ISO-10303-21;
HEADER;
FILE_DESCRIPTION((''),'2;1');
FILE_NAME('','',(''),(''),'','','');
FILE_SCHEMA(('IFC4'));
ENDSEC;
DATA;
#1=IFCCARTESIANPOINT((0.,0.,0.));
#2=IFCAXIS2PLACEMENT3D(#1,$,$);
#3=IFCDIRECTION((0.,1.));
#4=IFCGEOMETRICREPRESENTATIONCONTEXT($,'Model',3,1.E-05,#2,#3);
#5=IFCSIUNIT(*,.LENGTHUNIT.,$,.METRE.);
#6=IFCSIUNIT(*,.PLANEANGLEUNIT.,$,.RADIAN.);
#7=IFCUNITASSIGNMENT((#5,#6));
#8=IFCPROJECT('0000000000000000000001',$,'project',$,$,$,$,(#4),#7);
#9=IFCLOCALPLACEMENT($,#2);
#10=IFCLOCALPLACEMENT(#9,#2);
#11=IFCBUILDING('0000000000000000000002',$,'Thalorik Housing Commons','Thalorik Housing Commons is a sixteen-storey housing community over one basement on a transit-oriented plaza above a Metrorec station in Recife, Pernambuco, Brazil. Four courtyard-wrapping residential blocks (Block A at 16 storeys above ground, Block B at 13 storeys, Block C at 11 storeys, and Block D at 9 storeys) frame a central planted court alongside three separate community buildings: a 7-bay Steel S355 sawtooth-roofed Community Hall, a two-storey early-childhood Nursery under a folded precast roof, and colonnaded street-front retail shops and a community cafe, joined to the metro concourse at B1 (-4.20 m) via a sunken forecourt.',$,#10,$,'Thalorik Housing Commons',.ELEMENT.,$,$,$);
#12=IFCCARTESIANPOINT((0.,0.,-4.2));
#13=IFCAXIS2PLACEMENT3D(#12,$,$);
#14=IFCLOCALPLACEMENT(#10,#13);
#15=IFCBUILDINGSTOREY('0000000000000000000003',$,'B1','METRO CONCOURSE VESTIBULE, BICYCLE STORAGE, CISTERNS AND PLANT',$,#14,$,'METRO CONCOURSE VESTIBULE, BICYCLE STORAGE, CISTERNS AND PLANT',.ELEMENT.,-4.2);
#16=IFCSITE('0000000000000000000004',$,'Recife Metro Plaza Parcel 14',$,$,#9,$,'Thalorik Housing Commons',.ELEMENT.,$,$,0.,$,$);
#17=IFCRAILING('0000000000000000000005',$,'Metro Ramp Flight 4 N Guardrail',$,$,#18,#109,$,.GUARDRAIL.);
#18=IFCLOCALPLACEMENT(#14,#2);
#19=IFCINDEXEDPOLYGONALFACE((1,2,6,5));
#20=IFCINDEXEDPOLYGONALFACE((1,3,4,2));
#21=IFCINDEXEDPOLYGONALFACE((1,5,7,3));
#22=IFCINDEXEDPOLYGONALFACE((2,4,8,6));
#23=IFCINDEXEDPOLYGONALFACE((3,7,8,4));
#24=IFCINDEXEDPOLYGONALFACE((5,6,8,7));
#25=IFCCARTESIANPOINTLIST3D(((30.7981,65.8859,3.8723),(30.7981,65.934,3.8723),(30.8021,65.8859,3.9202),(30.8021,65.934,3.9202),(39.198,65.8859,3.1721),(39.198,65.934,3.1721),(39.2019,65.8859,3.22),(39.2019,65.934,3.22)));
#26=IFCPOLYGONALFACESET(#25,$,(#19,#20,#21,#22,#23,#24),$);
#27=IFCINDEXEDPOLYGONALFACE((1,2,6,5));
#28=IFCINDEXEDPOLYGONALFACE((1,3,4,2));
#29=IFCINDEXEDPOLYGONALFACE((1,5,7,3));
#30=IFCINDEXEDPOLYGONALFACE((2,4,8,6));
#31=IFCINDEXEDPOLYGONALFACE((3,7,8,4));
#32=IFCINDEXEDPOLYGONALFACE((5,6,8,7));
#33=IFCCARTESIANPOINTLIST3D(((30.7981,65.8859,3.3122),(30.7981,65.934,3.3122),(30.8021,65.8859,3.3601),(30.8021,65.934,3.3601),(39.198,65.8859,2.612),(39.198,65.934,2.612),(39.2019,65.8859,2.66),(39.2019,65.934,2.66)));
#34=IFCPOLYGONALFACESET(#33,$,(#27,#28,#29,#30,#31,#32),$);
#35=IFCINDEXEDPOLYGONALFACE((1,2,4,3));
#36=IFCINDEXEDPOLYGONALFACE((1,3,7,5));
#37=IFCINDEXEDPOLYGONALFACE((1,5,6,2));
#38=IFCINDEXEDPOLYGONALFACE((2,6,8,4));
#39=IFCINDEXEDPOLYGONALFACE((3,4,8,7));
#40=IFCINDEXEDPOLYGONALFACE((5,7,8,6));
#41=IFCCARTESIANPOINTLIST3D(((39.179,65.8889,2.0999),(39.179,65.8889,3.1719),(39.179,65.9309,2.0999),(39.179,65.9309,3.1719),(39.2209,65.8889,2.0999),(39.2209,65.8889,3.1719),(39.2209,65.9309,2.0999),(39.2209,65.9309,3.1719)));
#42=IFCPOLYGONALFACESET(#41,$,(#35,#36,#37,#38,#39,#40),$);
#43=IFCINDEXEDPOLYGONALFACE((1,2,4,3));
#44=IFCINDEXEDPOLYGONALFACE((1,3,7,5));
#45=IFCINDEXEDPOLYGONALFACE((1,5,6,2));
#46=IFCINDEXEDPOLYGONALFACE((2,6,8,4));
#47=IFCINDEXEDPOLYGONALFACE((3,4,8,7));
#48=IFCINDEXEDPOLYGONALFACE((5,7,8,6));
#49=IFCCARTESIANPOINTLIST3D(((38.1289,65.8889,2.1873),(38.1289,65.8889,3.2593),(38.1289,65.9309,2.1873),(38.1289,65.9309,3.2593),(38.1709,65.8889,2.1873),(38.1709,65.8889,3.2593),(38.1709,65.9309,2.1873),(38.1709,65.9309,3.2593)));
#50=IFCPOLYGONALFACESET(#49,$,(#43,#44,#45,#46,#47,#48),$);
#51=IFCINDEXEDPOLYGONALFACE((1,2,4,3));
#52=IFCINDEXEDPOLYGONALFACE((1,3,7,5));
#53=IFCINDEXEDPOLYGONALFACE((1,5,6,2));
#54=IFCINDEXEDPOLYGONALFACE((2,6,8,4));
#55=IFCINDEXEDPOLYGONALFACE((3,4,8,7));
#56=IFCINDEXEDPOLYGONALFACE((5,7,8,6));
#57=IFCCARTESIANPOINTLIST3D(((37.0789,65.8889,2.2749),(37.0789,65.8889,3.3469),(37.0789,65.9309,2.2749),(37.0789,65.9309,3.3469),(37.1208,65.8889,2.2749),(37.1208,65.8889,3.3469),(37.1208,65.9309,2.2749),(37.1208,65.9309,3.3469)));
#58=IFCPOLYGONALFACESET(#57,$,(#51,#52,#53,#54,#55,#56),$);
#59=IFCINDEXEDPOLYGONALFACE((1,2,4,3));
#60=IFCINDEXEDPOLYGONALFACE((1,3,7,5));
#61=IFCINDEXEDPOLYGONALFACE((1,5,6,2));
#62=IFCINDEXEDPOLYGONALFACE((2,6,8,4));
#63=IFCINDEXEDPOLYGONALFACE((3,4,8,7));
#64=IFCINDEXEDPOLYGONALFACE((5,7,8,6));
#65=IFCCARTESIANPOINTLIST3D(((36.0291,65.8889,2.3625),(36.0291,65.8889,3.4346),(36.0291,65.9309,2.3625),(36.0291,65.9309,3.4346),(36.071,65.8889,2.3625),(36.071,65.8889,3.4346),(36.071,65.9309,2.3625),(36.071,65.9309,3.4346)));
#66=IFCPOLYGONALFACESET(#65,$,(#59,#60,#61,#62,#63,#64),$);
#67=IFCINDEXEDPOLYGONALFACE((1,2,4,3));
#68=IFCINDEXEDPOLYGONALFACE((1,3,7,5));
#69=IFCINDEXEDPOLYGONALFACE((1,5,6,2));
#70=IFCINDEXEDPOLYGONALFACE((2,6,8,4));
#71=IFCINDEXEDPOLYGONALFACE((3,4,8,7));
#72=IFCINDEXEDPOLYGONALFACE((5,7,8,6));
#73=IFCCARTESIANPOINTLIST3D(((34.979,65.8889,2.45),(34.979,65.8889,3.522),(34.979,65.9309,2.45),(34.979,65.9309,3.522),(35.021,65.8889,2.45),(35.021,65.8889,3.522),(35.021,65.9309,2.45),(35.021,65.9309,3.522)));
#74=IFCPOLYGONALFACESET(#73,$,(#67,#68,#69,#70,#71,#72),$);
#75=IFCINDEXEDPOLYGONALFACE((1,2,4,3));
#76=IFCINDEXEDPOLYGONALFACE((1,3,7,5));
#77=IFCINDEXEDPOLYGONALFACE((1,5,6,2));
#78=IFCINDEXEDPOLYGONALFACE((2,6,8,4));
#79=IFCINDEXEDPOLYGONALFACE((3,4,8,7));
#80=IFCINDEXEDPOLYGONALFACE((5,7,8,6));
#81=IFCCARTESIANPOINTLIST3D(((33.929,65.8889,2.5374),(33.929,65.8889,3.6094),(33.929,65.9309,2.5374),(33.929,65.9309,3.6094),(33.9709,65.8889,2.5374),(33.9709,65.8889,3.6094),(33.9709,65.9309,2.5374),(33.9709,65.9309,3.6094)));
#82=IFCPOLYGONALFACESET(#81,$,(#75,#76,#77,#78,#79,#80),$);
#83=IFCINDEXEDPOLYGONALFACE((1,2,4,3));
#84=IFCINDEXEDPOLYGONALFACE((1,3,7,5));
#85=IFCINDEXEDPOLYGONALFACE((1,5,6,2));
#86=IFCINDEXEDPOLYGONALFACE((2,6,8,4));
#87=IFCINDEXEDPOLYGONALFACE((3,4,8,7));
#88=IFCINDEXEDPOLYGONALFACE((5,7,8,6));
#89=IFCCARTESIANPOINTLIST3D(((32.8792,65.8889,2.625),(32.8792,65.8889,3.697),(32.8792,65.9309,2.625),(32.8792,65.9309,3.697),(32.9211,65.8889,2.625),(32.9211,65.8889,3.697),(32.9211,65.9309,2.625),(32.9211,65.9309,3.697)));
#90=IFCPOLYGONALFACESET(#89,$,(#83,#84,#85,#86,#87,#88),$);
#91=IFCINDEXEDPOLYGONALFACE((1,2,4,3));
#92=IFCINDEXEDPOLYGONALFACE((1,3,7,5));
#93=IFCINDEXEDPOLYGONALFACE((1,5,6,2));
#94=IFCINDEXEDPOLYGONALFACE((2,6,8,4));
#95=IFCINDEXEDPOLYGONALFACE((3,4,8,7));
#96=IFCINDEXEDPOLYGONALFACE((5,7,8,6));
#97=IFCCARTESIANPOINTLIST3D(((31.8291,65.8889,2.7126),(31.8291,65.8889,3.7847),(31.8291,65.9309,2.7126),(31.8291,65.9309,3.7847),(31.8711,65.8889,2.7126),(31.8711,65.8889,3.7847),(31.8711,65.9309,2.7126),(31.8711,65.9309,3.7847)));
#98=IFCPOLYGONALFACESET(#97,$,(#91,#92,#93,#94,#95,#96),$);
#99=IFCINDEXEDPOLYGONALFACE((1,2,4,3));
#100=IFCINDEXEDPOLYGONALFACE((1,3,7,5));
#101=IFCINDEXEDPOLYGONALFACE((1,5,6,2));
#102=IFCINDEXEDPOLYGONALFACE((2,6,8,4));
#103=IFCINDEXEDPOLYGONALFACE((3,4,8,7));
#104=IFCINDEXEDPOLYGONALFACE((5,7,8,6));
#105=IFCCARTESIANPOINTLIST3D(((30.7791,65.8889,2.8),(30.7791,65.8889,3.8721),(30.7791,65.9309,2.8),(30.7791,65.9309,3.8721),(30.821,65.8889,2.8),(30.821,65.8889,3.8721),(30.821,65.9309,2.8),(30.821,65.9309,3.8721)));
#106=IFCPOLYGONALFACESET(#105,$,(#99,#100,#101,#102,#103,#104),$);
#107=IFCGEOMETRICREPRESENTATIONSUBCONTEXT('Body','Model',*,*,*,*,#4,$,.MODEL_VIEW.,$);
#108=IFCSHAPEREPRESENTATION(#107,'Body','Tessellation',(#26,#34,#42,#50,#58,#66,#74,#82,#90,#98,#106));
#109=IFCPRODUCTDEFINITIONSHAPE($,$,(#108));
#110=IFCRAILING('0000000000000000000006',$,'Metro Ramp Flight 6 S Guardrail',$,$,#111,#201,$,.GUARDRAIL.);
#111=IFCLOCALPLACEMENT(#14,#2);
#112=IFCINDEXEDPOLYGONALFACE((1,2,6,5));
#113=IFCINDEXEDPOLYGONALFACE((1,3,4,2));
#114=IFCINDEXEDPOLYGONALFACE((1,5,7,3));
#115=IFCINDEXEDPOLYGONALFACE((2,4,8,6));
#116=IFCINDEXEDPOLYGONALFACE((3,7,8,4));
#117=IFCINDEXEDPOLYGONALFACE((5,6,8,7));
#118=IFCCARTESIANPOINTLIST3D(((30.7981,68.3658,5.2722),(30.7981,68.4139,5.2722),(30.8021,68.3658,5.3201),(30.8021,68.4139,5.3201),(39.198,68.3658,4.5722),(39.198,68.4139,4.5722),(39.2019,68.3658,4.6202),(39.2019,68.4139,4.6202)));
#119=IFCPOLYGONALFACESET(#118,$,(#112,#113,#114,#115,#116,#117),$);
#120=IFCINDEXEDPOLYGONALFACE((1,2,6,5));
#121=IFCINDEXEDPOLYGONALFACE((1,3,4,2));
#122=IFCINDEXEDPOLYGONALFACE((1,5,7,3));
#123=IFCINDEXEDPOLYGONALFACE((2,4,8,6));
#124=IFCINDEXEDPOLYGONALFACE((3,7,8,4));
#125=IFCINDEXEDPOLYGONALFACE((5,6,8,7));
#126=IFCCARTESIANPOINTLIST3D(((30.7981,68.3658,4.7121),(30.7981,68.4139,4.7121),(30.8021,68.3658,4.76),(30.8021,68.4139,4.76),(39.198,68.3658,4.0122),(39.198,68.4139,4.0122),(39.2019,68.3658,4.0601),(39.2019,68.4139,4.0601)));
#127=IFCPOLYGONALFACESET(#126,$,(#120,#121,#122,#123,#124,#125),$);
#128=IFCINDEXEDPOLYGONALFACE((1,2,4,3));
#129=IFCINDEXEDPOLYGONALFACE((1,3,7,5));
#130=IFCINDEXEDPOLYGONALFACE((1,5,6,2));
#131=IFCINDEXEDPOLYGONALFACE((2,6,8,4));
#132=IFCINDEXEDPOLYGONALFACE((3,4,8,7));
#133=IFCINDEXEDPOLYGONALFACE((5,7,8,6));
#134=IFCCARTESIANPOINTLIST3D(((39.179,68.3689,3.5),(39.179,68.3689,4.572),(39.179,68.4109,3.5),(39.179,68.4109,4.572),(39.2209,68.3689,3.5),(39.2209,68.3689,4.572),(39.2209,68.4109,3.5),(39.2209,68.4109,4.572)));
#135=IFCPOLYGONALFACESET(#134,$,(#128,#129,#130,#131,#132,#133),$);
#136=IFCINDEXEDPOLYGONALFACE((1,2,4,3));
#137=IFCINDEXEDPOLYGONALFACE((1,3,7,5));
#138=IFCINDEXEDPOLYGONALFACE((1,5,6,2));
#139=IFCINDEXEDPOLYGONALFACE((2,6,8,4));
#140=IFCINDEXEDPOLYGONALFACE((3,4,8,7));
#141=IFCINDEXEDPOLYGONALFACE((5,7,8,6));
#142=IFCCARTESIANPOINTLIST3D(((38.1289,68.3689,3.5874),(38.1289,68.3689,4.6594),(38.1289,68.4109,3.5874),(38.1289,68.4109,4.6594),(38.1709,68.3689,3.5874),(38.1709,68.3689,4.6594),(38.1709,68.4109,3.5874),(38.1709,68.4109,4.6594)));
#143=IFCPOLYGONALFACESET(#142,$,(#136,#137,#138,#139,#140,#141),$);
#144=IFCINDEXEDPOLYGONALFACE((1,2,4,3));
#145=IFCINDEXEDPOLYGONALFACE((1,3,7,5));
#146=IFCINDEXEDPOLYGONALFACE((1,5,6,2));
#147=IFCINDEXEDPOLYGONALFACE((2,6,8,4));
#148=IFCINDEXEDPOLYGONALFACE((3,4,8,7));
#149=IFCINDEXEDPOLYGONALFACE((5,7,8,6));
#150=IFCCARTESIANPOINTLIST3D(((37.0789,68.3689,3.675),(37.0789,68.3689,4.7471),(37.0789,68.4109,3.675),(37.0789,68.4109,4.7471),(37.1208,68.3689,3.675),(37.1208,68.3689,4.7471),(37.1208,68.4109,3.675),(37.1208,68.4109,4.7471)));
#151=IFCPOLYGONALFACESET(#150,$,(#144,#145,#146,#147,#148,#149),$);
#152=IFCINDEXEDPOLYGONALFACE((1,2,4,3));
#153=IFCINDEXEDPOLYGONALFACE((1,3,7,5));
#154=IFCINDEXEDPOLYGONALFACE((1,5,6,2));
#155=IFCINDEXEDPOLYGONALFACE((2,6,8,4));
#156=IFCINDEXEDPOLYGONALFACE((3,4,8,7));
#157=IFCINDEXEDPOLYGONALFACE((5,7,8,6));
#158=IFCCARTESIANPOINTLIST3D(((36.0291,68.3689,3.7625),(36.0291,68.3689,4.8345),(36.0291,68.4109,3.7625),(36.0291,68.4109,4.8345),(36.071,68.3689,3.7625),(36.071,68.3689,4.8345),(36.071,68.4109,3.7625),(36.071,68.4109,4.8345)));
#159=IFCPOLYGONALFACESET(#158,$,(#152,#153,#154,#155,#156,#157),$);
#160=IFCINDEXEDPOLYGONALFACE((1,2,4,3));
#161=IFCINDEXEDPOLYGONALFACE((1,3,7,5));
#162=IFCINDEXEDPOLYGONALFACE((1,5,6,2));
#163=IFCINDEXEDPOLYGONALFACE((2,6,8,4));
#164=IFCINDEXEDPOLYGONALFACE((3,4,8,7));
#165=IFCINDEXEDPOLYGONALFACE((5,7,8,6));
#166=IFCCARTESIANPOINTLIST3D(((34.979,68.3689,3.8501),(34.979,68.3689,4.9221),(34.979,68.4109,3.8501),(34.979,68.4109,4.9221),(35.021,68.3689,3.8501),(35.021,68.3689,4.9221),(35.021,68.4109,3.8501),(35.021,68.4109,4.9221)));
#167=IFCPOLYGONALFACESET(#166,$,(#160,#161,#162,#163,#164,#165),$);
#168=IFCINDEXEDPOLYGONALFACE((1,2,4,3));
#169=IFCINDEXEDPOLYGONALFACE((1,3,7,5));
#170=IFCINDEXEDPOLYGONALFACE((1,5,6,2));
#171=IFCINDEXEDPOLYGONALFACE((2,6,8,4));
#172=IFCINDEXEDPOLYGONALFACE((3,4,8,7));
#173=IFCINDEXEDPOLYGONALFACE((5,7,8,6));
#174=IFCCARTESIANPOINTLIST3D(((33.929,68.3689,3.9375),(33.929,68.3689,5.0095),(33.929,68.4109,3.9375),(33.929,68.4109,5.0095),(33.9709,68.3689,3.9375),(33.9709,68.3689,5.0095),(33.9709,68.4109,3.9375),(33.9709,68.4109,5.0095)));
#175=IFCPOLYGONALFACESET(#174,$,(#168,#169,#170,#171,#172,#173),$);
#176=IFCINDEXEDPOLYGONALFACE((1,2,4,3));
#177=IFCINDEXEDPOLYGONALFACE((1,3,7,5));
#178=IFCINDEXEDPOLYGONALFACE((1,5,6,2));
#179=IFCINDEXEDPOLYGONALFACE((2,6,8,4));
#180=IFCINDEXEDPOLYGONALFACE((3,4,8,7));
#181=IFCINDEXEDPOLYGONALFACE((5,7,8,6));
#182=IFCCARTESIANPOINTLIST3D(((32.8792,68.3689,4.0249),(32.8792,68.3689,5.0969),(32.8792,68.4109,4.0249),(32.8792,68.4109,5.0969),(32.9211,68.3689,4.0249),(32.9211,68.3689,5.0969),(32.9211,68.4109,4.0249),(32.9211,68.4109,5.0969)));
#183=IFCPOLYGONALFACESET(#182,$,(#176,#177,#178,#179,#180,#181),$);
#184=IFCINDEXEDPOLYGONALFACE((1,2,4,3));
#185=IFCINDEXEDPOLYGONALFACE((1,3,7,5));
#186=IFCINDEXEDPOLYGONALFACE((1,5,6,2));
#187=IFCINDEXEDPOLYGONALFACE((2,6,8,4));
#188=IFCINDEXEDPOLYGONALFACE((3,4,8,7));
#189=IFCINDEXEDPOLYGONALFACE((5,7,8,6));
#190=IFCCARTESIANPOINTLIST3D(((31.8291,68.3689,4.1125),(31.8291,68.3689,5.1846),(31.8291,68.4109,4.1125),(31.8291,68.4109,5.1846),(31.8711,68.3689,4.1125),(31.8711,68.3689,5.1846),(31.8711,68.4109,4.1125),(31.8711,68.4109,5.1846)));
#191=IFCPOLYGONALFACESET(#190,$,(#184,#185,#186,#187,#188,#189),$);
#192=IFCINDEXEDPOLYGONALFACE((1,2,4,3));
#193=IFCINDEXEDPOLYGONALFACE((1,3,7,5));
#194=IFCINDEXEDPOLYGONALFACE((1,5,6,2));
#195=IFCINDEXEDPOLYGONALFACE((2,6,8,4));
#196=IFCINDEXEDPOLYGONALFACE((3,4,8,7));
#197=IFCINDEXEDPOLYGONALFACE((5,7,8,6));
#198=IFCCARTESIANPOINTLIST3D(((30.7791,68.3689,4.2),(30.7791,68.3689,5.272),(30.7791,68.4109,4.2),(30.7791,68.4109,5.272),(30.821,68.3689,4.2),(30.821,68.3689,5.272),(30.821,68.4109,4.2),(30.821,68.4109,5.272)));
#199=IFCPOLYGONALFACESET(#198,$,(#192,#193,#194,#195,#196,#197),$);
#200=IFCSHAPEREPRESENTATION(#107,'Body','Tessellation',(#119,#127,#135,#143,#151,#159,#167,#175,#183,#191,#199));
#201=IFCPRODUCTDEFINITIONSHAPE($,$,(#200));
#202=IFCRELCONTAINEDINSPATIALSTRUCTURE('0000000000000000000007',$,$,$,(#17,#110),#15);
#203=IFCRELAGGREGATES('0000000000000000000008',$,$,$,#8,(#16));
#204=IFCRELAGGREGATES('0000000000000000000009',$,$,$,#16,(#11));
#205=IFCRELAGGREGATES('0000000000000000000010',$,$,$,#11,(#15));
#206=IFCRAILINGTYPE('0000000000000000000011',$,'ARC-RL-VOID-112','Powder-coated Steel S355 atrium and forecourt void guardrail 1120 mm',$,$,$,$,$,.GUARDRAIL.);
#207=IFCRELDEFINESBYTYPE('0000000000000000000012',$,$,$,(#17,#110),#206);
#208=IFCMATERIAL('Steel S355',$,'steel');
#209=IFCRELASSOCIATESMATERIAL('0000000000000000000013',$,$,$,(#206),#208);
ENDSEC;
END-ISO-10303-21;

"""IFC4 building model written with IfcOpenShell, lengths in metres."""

from ifc_helpers import new_model, si_unit, direction, frame, origin, origin_2d, place, context, subcontext, project, spatial, rectangle, extrude, material, type_object, element, save


model = new_model("IFC4")

# Units and contexts
model_context = context("Model", 3, precision=1e-05, world=origin(), true_north=direction((0.0, 1.0)))
body_context = subcontext(model_context, "Body", "Model", "MODEL_VIEW")
ifc_project = project(units=[si_unit("LENGTHUNIT", "METRE"), si_unit("PLANEANGLEUNIT", "RADIAN")], contexts=[model_context])

# Site, building, storey
site_placement = place(None, origin())
site = spatial("IfcSite", under=ifc_project, at=site_placement, Name="Recife Metro Plaza Parcel 14", LongName="Thalorik Housing Commons", CompositionType="ELEMENT", RefElevation=0.0)
building_placement = place(site_placement, origin())
building = spatial("IfcBuilding", under=site, at=building_placement, Name="Thalorik Housing Commons", Description="Thalorik Housing Commons is a sixteen-storey housing community over one basement on a transit-oriented plaza above a Metrorec station in Recife, Pernambuco, Brazil. Four courtyard-wrapping residential blocks (Block A at 16 storeys above ground, Block B at 13 storeys, Block C at 11 storeys, and Block D at 9 storeys) frame a central planted court alongside three separate community buildings: a 7-bay Steel S355 sawtooth-roofed Community Hall, a two-storey early-childhood Nursery under a folded precast roof, and colonnaded street-front retail shops and a community cafe, joined to the metro concourse at B1 (-4.20 m) via a sunken forecourt.", LongName="Thalorik Housing Commons", CompositionType="ELEMENT")
storey_placement = place(building_placement, frame((0.0, 0.0, -4.2)))
storey = spatial("IfcBuildingStorey", under=building, at=storey_placement, Name="B1", Description="METRO CONCOURSE VESTIBULE, BICYCLE STORAGE, CISTERNS AND PLANT", LongName="METRO CONCOURSE VESTIBULE, BICYCLE STORAGE, CISTERNS AND PLANT", CompositionType="ELEMENT", Elevation=-4.2)

# Railings
ifc_material_1 = material(Name="Steel S355", Category="steel")
railing_type_1 = type_object("IfcRailingType", Name="ARC-RL-VOID-112", Description="Powder-coated Steel S355 atrium and forecourt void guardrail 1120 mm", PredefinedType="GUARDRAIL", material=ifc_material_1)
railing_1_placement = place(storey_placement, frame((39.2, 65.9099, 2.0999)))
element("IfcRailing", 1, at=railing_1_placement, inside=storey, type_object=railing_type_1, Name="Metro Ramp Flight 4 N Guardrail", PredefinedType="GUARDRAIL", context=body_context, shape_type="SweptSolid", body=[
    extrude(rectangle(XDim=0.0481, YDim=0.0481, at=origin_2d()), frame((0.0, 0.0, 1.0962), z_axis=(-0.996544, 0.0, 0.083069), x_axis=(0.0, -1.0, 0.0)), (0.0, 0.0, 1.0), 8.429),
    extrude(rectangle(XDim=0.0481, YDim=0.0481, at=origin_2d()), frame((0.0, 0.0, 0.5361), z_axis=(-0.996544, 0.0, 0.083069), x_axis=(0.0, -1.0, 0.0)), (0.0, 0.0, 1.0), 8.429),
    extrude(rectangle(XDim=0.042, YDim=0.042, at=origin_2d()), origin(), (0.0, 0.0, 1.0), 1.072),
    extrude(rectangle(XDim=0.042, YDim=0.042, at=origin_2d()), frame((-1.05, 0.0, 0.0874)), (0.0, 0.0, 1.0), 1.072),
    extrude(rectangle(XDim=0.042, YDim=0.042, at=origin_2d()), frame((-2.1001, 0.0, 0.175)), (0.0, 0.0, 1.0), 1.072),
    extrude(rectangle(XDim=0.042, YDim=0.042, at=origin_2d()), frame((-3.1499, 0.0, 0.2627)), (0.0, 0.0, 1.0), 1.072),
    extrude(rectangle(XDim=0.042, YDim=0.042, at=origin_2d()), frame((-4.2, 0.0, 0.3501)), (0.0, 0.0, 1.0), 1.072),
    extrude(rectangle(XDim=0.042, YDim=0.042, at=origin_2d()), frame((-5.25, 0.0, 0.4375)), (0.0, 0.0, 1.0), 1.072),
    extrude(rectangle(XDim=0.042, YDim=0.042, at=origin_2d()), frame((-6.2998, 0.0, 0.5251)), (0.0, 0.0, 1.0), 1.072),
    extrude(rectangle(XDim=0.042, YDim=0.042, at=origin_2d()), frame((-7.3499, 0.0, 0.6128)), (0.0, 0.0, 1.0), 1.072),
    extrude(rectangle(XDim=0.042, YDim=0.042, at=origin_2d()), frame((-8.3999, 0.0, 0.7002)), (0.0, 0.0, 1.0), 1.072),
])
railing_2_placement = place(storey_placement, frame((39.2, 68.3899, 3.5)))
element("IfcRailing", 2, at=railing_2_placement, inside=storey, type_object=railing_type_1, Name="Metro Ramp Flight 6 S Guardrail", PredefinedType="GUARDRAIL", context=body_context, shape_type="SweptSolid", body=[
    extrude(rectangle(XDim=0.0481, YDim=0.0481, at=origin_2d()), frame((0.0, 0.0, 1.0962), z_axis=(-0.996546, 0.0, 0.083041), x_axis=(0.0, -1.0, 0.0)), (0.0, 0.0, 1.0), 8.429),
    extrude(rectangle(XDim=0.0481, YDim=0.0481, at=origin_2d()), frame((0.0, 0.0, 0.5361), z_axis=(-0.996546, 0.0, 0.083041), x_axis=(0.0, -1.0, 0.0)), (0.0, 0.0, 1.0), 8.429),
    extrude(rectangle(XDim=0.042, YDim=0.042, at=origin_2d()), origin(), (0.0, 0.0, 1.0), 1.072),
    extrude(rectangle(XDim=0.042, YDim=0.042, at=origin_2d()), frame((-1.05, 0.0, 0.0874)), (0.0, 0.0, 1.0), 1.072),
    extrude(rectangle(XDim=0.042, YDim=0.042, at=origin_2d()), frame((-2.1001, 0.0, 0.175)), (0.0, 0.0, 1.0), 1.072),
    extrude(rectangle(XDim=0.042, YDim=0.042, at=origin_2d()), frame((-3.1499, 0.0, 0.2625)), (0.0, 0.0, 1.0), 1.072),
    extrude(rectangle(XDim=0.042, YDim=0.042, at=origin_2d()), frame((-4.2, 0.0, 0.3501)), (0.0, 0.0, 1.0), 1.072),
    extrude(rectangle(XDim=0.042, YDim=0.042, at=origin_2d()), frame((-5.25, 0.0, 0.4375)), (0.0, 0.0, 1.0), 1.072),
    extrude(rectangle(XDim=0.042, YDim=0.042, at=origin_2d()), frame((-6.2998, 0.0, 0.5249)), (0.0, 0.0, 1.0), 1.072),
    extrude(rectangle(XDim=0.042, YDim=0.042, at=origin_2d()), frame((-7.3499, 0.0, 0.6125)), (0.0, 0.0, 1.0), 1.072),
    extrude(rectangle(XDim=0.042, YDim=0.042, at=origin_2d()), frame((-8.3999, 0.0, 0.7)), (0.0, 0.0, 1.0), 1.072),
])

save(model, "model.ifc")
